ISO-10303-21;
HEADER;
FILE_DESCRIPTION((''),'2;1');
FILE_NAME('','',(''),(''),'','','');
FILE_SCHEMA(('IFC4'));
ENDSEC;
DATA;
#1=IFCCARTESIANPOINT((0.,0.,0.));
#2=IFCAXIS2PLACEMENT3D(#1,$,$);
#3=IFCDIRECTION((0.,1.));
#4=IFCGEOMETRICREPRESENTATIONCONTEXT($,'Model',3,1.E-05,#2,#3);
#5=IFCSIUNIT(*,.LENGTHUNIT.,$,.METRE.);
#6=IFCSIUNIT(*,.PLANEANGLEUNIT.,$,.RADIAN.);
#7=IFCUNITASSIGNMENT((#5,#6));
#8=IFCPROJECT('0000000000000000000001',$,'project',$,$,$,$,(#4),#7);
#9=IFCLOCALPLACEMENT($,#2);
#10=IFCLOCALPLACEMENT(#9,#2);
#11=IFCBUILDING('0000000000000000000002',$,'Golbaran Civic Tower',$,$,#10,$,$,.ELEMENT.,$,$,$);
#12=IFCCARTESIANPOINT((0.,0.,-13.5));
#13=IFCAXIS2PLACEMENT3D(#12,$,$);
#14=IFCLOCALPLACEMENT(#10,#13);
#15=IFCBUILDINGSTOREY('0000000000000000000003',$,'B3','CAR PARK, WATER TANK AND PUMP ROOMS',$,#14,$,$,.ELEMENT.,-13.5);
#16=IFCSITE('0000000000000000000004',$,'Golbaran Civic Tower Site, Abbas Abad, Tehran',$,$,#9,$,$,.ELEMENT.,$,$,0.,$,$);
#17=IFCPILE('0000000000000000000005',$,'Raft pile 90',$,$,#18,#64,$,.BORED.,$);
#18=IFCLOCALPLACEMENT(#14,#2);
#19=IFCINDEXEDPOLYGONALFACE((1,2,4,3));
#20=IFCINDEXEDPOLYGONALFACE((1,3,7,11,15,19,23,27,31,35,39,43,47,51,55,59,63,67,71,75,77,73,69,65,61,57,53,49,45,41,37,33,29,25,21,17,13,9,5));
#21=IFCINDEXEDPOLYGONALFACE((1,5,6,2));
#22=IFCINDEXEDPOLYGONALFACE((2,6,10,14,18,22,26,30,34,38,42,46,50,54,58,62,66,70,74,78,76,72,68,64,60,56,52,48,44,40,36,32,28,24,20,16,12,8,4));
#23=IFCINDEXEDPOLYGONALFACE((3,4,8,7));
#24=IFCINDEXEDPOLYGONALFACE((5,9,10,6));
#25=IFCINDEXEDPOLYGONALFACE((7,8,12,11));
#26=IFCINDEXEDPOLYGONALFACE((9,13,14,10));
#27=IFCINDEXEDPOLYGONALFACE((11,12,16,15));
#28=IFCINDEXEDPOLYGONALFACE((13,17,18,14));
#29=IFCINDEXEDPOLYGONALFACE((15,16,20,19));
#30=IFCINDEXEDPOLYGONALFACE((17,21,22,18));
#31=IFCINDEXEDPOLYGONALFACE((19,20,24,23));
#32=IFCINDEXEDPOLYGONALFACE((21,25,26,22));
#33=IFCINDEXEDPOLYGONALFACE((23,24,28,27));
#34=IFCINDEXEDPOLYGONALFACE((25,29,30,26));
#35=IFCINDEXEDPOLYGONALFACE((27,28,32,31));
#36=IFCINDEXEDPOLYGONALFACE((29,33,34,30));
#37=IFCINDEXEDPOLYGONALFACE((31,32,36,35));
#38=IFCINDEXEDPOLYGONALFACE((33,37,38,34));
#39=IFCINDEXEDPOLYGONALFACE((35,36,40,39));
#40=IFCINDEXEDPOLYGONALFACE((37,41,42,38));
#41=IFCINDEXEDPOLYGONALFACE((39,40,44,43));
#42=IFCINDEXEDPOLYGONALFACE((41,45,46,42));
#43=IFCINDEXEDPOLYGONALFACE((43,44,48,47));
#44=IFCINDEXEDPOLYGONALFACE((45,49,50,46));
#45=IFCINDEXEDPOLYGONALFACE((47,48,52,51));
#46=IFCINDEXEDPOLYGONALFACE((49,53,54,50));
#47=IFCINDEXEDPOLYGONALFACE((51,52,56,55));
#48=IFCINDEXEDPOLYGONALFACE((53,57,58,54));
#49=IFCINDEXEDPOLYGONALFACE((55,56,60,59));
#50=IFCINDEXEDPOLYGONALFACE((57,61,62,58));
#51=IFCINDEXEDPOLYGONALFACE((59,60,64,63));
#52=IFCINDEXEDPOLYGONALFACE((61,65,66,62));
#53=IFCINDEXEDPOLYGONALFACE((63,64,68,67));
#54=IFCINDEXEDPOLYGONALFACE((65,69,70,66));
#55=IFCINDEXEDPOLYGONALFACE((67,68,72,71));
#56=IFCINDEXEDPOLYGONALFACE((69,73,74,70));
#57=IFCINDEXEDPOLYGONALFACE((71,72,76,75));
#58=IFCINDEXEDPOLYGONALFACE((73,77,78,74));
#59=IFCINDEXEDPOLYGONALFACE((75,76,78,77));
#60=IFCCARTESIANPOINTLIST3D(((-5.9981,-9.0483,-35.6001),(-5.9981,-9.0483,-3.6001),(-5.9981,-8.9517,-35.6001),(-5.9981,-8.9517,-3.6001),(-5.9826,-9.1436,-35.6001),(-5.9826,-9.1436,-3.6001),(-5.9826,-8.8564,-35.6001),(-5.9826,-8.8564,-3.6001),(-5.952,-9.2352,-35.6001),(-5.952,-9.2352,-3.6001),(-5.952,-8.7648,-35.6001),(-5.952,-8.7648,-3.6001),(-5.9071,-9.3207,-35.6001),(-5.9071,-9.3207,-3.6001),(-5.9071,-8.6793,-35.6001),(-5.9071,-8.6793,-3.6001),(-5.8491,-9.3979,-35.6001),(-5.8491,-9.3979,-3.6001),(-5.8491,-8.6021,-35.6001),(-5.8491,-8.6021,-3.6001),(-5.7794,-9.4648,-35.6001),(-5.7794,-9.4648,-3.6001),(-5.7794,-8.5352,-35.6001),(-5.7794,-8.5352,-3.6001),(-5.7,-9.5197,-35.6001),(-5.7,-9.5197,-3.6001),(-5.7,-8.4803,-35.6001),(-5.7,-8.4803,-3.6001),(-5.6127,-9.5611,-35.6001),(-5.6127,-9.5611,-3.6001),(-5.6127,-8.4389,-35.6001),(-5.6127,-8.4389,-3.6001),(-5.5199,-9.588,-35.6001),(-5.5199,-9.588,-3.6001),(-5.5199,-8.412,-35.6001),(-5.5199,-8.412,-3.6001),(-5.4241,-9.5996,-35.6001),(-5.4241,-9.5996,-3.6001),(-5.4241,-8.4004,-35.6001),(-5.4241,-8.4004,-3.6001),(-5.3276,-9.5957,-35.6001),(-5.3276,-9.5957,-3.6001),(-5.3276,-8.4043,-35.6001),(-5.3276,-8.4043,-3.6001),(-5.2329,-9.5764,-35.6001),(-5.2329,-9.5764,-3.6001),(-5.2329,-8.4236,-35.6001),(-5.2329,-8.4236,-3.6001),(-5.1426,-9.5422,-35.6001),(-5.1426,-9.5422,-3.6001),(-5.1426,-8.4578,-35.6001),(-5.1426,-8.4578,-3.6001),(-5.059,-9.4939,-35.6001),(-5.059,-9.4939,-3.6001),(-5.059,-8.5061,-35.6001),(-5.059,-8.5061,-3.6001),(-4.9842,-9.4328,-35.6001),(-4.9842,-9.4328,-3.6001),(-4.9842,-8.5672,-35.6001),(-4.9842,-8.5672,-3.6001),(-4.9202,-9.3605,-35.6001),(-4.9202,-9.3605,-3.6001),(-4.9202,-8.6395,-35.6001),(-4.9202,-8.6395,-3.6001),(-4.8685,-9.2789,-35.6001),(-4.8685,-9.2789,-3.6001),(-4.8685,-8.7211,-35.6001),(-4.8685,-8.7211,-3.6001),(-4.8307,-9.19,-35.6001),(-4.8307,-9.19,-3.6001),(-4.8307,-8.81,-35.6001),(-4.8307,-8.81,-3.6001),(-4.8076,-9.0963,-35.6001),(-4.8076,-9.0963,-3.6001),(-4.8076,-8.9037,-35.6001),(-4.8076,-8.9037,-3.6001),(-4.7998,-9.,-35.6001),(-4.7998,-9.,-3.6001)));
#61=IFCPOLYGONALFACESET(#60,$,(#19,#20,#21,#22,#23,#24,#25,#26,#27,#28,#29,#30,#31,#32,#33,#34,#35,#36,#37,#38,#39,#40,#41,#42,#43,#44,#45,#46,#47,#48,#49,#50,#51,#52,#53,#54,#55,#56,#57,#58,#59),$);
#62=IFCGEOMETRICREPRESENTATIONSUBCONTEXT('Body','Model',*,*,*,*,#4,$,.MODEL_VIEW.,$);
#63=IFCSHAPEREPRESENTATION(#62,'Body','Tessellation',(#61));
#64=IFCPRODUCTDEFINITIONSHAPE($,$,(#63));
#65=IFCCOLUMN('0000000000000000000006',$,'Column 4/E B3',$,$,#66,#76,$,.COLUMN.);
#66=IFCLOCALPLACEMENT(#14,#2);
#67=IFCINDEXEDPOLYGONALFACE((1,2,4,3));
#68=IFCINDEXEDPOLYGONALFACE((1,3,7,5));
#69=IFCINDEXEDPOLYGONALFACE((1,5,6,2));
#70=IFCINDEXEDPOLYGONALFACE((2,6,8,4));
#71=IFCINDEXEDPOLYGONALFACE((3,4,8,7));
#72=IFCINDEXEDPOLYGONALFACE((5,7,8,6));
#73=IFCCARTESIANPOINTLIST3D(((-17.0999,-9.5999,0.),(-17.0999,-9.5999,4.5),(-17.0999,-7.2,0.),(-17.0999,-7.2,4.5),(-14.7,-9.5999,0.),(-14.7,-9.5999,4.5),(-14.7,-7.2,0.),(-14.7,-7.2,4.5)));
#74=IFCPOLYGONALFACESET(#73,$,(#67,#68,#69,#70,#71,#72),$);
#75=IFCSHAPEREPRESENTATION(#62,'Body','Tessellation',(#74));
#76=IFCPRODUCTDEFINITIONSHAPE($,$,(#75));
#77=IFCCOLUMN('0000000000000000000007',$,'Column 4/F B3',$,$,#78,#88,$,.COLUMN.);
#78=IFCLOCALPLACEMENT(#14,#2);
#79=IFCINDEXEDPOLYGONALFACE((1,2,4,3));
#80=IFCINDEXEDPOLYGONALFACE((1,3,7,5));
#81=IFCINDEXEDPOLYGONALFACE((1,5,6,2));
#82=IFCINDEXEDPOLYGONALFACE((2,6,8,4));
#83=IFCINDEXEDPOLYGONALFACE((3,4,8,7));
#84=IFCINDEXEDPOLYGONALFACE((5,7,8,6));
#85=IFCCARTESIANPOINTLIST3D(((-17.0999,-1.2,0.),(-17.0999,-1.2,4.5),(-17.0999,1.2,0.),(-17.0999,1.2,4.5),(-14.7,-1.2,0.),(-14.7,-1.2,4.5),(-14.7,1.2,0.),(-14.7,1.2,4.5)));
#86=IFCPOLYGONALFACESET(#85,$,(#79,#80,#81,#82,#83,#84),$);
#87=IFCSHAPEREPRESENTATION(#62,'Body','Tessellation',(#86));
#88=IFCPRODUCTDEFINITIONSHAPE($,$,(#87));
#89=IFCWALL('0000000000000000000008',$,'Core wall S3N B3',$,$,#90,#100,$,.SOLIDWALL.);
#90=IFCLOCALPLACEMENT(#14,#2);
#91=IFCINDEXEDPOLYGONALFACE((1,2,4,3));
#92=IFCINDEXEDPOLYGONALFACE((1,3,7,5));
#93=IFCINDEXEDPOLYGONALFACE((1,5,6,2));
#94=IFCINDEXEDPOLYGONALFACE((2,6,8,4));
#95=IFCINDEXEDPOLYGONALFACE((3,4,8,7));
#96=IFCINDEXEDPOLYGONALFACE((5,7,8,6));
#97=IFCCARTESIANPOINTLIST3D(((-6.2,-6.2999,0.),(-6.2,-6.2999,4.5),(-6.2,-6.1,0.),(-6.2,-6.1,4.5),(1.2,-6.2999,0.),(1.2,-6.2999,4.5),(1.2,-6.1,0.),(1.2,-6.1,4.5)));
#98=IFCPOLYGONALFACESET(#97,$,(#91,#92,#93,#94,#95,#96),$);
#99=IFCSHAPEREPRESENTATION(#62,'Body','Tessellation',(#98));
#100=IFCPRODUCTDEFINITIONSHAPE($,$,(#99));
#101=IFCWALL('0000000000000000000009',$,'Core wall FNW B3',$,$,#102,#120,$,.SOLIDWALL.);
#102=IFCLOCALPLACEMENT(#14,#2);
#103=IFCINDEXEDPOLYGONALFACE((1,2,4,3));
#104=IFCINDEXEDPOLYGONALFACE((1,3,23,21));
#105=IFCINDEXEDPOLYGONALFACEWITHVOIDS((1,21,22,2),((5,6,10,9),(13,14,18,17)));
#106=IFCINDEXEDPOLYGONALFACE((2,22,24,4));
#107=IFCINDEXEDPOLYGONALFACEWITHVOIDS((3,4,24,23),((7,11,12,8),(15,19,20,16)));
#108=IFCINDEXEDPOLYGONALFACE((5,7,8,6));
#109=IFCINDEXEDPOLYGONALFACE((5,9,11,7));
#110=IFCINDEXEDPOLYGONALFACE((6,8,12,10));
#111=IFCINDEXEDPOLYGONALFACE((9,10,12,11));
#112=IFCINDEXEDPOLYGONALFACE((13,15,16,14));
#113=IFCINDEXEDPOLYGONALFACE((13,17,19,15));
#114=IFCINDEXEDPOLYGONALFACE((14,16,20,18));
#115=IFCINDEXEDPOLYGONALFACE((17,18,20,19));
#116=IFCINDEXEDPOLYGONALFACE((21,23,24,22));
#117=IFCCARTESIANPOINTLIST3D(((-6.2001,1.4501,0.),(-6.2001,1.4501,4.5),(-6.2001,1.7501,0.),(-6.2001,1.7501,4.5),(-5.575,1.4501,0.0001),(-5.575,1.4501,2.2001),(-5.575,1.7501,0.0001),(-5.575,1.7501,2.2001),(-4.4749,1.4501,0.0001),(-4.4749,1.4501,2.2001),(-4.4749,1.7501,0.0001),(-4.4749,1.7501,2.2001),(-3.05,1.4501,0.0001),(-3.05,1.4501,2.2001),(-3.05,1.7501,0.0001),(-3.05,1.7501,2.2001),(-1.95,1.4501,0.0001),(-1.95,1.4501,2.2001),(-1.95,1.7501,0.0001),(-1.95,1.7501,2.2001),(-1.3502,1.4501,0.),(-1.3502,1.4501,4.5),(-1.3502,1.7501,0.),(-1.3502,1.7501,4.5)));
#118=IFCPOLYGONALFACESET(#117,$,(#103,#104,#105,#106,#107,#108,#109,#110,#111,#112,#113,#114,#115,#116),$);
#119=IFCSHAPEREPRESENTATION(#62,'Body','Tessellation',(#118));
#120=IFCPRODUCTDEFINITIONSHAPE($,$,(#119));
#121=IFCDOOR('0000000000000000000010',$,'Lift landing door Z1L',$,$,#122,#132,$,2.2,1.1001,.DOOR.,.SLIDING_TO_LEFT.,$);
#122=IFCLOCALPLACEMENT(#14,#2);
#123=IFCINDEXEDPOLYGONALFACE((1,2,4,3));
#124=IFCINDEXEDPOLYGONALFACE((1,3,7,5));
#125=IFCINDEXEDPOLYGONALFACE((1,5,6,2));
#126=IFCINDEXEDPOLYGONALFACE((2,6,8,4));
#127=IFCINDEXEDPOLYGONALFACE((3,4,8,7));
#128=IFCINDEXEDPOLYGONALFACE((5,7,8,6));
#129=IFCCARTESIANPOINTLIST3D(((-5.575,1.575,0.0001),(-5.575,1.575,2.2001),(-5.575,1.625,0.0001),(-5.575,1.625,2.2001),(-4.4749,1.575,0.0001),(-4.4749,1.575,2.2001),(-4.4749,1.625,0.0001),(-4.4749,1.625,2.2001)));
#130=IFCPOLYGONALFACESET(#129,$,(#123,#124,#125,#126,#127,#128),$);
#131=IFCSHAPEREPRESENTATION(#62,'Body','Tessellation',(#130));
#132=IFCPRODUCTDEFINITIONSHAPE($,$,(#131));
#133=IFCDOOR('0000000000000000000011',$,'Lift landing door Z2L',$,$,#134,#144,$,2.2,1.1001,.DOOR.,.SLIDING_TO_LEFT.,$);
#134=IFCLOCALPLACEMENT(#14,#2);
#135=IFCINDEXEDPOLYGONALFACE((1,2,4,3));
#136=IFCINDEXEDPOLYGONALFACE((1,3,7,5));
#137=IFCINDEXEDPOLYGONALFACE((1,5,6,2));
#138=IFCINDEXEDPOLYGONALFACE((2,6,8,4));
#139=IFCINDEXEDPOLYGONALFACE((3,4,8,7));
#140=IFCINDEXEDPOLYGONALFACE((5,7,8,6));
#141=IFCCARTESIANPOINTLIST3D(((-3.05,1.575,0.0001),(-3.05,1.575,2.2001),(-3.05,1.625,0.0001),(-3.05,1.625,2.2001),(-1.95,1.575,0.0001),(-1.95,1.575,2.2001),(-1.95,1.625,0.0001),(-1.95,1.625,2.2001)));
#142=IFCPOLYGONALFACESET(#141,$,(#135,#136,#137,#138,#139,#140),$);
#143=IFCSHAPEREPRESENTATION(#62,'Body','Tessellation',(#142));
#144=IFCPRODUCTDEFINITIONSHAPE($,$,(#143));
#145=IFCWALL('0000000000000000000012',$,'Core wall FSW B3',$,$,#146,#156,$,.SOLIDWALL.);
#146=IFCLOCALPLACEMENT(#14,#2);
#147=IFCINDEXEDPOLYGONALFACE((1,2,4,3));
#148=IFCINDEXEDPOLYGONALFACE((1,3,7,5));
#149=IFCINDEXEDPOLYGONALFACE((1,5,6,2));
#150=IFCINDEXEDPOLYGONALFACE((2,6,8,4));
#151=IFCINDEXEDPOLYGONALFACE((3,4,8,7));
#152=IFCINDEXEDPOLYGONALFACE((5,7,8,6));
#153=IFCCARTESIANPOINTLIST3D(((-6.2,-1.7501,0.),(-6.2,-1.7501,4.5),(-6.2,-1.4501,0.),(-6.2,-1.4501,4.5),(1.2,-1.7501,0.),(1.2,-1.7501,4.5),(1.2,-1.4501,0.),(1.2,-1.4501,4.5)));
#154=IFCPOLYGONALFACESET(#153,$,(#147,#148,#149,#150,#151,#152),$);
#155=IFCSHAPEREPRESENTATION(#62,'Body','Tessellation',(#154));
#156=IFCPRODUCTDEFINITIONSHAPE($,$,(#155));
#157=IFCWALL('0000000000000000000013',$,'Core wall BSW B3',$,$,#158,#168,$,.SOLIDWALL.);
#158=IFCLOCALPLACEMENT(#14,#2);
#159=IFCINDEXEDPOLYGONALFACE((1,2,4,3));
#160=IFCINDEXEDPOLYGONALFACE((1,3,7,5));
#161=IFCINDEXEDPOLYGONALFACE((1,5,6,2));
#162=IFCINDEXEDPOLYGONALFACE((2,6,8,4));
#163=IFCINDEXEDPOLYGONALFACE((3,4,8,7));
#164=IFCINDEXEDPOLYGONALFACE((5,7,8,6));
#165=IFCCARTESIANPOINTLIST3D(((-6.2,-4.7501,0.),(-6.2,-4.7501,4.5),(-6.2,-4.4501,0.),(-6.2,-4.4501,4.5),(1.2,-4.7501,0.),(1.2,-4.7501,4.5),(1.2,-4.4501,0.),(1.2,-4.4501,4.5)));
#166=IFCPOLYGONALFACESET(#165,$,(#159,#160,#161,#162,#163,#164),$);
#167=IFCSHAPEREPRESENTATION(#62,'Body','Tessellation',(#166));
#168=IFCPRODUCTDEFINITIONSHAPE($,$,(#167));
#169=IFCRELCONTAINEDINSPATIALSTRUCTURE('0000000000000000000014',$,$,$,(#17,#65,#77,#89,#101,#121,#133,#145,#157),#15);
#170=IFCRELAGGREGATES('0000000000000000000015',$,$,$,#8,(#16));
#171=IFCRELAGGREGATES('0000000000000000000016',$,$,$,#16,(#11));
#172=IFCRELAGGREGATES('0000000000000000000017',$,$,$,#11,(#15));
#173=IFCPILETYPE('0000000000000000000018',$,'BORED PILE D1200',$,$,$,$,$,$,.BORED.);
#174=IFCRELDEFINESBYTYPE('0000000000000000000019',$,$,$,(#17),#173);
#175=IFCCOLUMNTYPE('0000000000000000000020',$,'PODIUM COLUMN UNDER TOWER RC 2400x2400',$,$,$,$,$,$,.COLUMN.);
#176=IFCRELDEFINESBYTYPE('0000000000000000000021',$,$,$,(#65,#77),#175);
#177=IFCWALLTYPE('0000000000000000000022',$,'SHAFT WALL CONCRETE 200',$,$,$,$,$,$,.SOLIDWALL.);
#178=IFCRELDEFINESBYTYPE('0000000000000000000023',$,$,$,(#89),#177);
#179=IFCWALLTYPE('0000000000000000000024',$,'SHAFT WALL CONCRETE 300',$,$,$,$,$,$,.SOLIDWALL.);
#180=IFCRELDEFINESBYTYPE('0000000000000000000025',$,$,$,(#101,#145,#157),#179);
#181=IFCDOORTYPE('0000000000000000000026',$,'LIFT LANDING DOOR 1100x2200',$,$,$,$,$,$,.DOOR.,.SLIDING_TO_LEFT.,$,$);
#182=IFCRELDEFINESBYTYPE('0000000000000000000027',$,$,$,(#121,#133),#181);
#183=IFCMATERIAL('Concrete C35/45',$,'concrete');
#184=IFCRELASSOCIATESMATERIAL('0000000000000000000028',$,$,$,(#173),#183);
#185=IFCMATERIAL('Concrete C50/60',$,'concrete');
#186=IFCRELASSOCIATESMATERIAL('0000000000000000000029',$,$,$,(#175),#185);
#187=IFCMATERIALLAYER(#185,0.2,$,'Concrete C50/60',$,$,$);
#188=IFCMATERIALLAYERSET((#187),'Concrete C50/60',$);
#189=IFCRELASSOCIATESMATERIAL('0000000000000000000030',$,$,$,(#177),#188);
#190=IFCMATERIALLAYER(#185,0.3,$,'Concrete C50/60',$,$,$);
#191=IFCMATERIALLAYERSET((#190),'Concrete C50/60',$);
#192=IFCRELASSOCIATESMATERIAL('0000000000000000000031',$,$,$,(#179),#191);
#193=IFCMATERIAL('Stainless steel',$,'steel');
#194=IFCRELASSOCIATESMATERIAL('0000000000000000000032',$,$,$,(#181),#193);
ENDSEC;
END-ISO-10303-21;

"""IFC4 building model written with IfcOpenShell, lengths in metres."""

from ifc_helpers import new_model, si_unit, direction, frame, frame_2d, origin, origin_2d, place, context, subcontext, project, spatial, rectangle, circle, extrude, material, layer, layer_set, material_profile, profile_set, type_object, element, fill, save


model = new_model("IFC4")

# Units and contexts
model_context = context("Model", 3, precision=1e-05, world=origin(), true_north=direction((0.0, 1.0)))
body_context = subcontext(model_context, "Body", "Model", "MODEL_VIEW")
ifc_project = project(units=[si_unit("LENGTHUNIT", "METRE"), si_unit("PLANEANGLEUNIT", "RADIAN")], contexts=[model_context])

# Site, building, storey
site_placement = place(None, origin())
site = spatial("IfcSite", under=ifc_project, at=site_placement, Name="Golbaran Civic Tower Site, Abbas Abad, Tehran", CompositionType="ELEMENT", RefElevation=0.0)
building_placement = place(site_placement, origin())
building = spatial("IfcBuilding", under=site, at=building_placement, Name="Golbaran Civic Tower", CompositionType="ELEMENT")
storey_placement = place(building_placement, frame((0.0, 0.0, -13.5)))
storey = spatial("IfcBuildingStorey", under=building, at=storey_placement, Name="B3", Description="CAR PARK, WATER TANK AND PUMP ROOMS", CompositionType="ELEMENT", Elevation=-13.5)

# Pile
ifc_material_1 = material(Name="Concrete C35/45", Category="concrete")
ifc_material_profile_1 = material_profile(ifc_material_1, circle(Radius=0.6001, at=origin_2d()), Name="BORED PILE D1200")
ifc_profile_set_1 = profile_set([ifc_material_profile_1], Name="Concrete C35/45")
pile_type = type_object("IfcPileType", Name="BORED PILE D1200", PredefinedType="BORED", material=ifc_profile_set_1)
for number, where, z_axis, x_axis, name in (
    (1, (-5.3999, -9.0, -3.6001), (0.0, 0.0, -1.0), (1.0, 0.0, 0.0), "Raft pile 90"),
):
    element("IfcPile", number, at=place(storey_placement, frame(where, z_axis=z_axis, x_axis=x_axis)), inside=storey, type_object=pile_type, Name=name, PredefinedType="BORED", context=body_context, shape_type="SweptSolid", body=[
        extrude(circle(Radius=0.6001, at=origin_2d()), origin(), (0.0, 0.0, 1.0), 32.0),
    ])

# Columns
ifc_material_2 = material(Name="Concrete C50/60", Category="concrete")
ifc_material_profile_2 = material_profile(ifc_material_2, rectangle(XDim=2.3999, YDim=2.3999, at=origin_2d()), Name="RC 2400x2400")
ifc_profile_set_2 = profile_set([ifc_material_profile_2], Name="Concrete C50/60")
column_type = type_object("IfcColumnType", Name="PODIUM COLUMN UNDER TOWER RC 2400x2400", PredefinedType="COLUMN", material=ifc_profile_set_2)
for number, where, z_axis, x_axis, name in (
    (2, (-15.8999, -8.3999, 0.0), (0.0, 0.0, 1.0), (1.0, 0.0, 0.0), "Column 4/E B3"),
    (3, (-15.8999, 0.0, 0.0), (0.0, 0.0, 1.0), (1.0, 0.0, 0.0), "Column 4/F B3"),
):
    element("IfcColumn", number, at=place(storey_placement, frame(where, z_axis=z_axis, x_axis=x_axis)), inside=storey, type_object=column_type, Name=name, PredefinedType="COLUMN", context=body_context, shape_type="SweptSolid", body=[
        extrude(rectangle(XDim=2.3999, YDim=2.3999, at=origin_2d()), origin(), (0.0, 0.0, 1.0), 4.5),
    ])

# Wall
ifc_layer_1 = layer(ifc_material_2, 0.2, Name="Concrete C50/60")
ifc_layer_set_1 = layer_set([ifc_layer_1], Name="Concrete C50/60")
wall_type_1 = type_object("IfcWallType", Name="SHAFT WALL CONCRETE 200", PredefinedType="SOLIDWALL", material=ifc_layer_set_1)
wall_1_placement = place(storey_placement, frame((-6.2, -6.2, 0.0), z_axis=(0.0, 0.0, 1.0), x_axis=(1.0, 0.0, 0.0)))
element("IfcWall", 4, at=wall_1_placement, inside=storey, type_object=wall_type_1, Name="Core wall S3N B3", PredefinedType="SOLIDWALL", context=body_context, shape_type="SweptSolid", body=[
    extrude(rectangle(XDim=7.3999, YDim=0.2, at=frame_2d((3.7, 0.0))), origin(), (0.0, 0.0, 1.0), 4.5),
])

# Wall, openings, doors
ifc_layer_2 = layer(ifc_material_2, 0.3, Name="Concrete C50/60")
ifc_layer_set_2 = layer_set([ifc_layer_2], Name="Concrete C50/60")
wall_type_2 = type_object("IfcWallType", Name="SHAFT WALL CONCRETE 300", PredefinedType="SOLIDWALL", material=ifc_layer_set_2)
wall_2_placement = place(storey_placement, frame((-6.2, 1.6001, 0.0), z_axis=(0.0, 0.0, 1.0), x_axis=(1.0, 0.0, 0.0)))
wall_2 = element("IfcWall", 5, at=wall_2_placement, inside=storey, type_object=wall_type_2, Name="Core wall FNW B3", PredefinedType="SOLIDWALL", context=body_context, shape_type="SweptSolid", body=[
    extrude(rectangle(XDim=4.8499, YDim=0.3, at=frame_2d((2.4248, 0.0))), origin(), (0.0, 0.0, 1.0), 4.5),
])
opening_1_placement = place(wall_2_placement, frame((0.625, 0.0, 0.0)))
opening_1 = element("IfcOpeningElement", 6, at=opening_1_placement, cuts=wall_2, PredefinedType="OPENING", context=body_context, shape_type="SweptSolid", body=[
    extrude(rectangle(XDim=1.1001, YDim=2.2, at=frame_2d((0.55, 1.1001))), frame((0.0, 0.1599, 0.0), z_axis=(0.0, -1.0, 0.0), x_axis=(1.0, 0.0, 0.0)), (0.0, 0.0, 1.0), 0.3201),
])
opening_2_placement = place(wall_2_placement, frame((3.1499, 0.0, 0.0)))
opening_2 = element("IfcOpeningElement", 7, at=opening_2_placement, cuts=wall_2, PredefinedType="OPENING", context=body_context, shape_type="SweptSolid", body=[
    extrude(rectangle(XDim=1.1001, YDim=2.2, at=frame_2d((0.55, 1.1001))), frame((0.0, 0.1599, 0.0), z_axis=(0.0, -1.0, 0.0), x_axis=(1.0, 0.0, 0.0)), (0.0, 0.0, 1.0), 0.3201),
])
ifc_material_3 = material(Name="Stainless steel", Category="steel")
door_type_1 = type_object("IfcDoorType", Name="LIFT LANDING DOOR 1100x2200", OperationType="SLIDING_TO_LEFT", PredefinedType="DOOR", material=ifc_material_3)
door_1_placement = place(opening_1_placement, origin())
door_1 = element("IfcDoor", 8, at=door_1_placement, inside=storey, type_object=door_type_1, Name="Lift landing door Z1L", OperationType="SLIDING_TO_LEFT", OverallHeight=2.2, OverallWidth=1.1001, PredefinedType="DOOR", context=body_context, shape_type="SweptSolid", body=[
    extrude(rectangle(XDim=1.1001, YDim=2.2, at=frame_2d((0.55, 1.1001))), frame((0.0, 0.0249, 0.0), z_axis=(0.0, -1.0, 0.0), x_axis=(1.0, 0.0, 0.0)), (0.0, 0.0, 1.0), 0.05),
])
fill(opening_1, door_1)
door_2_placement = place(opening_2_placement, origin())
door_2 = element("IfcDoor", 9, at=door_2_placement, inside=storey, type_object=door_type_1, Name="Lift landing door Z2L", OperationType="SLIDING_TO_LEFT", OverallHeight=2.2, OverallWidth=1.1001, PredefinedType="DOOR", context=body_context, shape_type="SweptSolid", body=[
    extrude(rectangle(XDim=1.1001, YDim=2.2, at=frame_2d((0.55, 1.1001))), frame((0.0, 0.0249, 0.0), z_axis=(0.0, -1.0, 0.0), x_axis=(1.0, 0.0, 0.0)), (0.0, 0.0, 1.0), 0.05),
])
fill(opening_2, door_2)

# Walls
for number, where, z_axis, x_axis, name in (
    (10, (-6.2, -1.6001, 0.0), (0.0, 0.0, 1.0), (1.0, 0.0, 0.0), "Core wall FSW B3"),
    (11, (-6.2, -4.6001, 0.0), (0.0, 0.0, 1.0), (1.0, 0.0, 0.0), "Core wall BSW B3"),
):
    element("IfcWall", number, at=place(storey_placement, frame(where, z_axis=z_axis, x_axis=x_axis)), inside=storey, type_object=wall_type_2, Name=name, PredefinedType="SOLIDWALL", context=body_context, shape_type="SweptSolid", body=[
        extrude(rectangle(XDim=7.3999, YDim=0.3, at=frame_2d((3.7, 0.0))), origin(), (0.0, 0.0, 1.0), 4.5),
    ])

save(model, "model.ifc")
